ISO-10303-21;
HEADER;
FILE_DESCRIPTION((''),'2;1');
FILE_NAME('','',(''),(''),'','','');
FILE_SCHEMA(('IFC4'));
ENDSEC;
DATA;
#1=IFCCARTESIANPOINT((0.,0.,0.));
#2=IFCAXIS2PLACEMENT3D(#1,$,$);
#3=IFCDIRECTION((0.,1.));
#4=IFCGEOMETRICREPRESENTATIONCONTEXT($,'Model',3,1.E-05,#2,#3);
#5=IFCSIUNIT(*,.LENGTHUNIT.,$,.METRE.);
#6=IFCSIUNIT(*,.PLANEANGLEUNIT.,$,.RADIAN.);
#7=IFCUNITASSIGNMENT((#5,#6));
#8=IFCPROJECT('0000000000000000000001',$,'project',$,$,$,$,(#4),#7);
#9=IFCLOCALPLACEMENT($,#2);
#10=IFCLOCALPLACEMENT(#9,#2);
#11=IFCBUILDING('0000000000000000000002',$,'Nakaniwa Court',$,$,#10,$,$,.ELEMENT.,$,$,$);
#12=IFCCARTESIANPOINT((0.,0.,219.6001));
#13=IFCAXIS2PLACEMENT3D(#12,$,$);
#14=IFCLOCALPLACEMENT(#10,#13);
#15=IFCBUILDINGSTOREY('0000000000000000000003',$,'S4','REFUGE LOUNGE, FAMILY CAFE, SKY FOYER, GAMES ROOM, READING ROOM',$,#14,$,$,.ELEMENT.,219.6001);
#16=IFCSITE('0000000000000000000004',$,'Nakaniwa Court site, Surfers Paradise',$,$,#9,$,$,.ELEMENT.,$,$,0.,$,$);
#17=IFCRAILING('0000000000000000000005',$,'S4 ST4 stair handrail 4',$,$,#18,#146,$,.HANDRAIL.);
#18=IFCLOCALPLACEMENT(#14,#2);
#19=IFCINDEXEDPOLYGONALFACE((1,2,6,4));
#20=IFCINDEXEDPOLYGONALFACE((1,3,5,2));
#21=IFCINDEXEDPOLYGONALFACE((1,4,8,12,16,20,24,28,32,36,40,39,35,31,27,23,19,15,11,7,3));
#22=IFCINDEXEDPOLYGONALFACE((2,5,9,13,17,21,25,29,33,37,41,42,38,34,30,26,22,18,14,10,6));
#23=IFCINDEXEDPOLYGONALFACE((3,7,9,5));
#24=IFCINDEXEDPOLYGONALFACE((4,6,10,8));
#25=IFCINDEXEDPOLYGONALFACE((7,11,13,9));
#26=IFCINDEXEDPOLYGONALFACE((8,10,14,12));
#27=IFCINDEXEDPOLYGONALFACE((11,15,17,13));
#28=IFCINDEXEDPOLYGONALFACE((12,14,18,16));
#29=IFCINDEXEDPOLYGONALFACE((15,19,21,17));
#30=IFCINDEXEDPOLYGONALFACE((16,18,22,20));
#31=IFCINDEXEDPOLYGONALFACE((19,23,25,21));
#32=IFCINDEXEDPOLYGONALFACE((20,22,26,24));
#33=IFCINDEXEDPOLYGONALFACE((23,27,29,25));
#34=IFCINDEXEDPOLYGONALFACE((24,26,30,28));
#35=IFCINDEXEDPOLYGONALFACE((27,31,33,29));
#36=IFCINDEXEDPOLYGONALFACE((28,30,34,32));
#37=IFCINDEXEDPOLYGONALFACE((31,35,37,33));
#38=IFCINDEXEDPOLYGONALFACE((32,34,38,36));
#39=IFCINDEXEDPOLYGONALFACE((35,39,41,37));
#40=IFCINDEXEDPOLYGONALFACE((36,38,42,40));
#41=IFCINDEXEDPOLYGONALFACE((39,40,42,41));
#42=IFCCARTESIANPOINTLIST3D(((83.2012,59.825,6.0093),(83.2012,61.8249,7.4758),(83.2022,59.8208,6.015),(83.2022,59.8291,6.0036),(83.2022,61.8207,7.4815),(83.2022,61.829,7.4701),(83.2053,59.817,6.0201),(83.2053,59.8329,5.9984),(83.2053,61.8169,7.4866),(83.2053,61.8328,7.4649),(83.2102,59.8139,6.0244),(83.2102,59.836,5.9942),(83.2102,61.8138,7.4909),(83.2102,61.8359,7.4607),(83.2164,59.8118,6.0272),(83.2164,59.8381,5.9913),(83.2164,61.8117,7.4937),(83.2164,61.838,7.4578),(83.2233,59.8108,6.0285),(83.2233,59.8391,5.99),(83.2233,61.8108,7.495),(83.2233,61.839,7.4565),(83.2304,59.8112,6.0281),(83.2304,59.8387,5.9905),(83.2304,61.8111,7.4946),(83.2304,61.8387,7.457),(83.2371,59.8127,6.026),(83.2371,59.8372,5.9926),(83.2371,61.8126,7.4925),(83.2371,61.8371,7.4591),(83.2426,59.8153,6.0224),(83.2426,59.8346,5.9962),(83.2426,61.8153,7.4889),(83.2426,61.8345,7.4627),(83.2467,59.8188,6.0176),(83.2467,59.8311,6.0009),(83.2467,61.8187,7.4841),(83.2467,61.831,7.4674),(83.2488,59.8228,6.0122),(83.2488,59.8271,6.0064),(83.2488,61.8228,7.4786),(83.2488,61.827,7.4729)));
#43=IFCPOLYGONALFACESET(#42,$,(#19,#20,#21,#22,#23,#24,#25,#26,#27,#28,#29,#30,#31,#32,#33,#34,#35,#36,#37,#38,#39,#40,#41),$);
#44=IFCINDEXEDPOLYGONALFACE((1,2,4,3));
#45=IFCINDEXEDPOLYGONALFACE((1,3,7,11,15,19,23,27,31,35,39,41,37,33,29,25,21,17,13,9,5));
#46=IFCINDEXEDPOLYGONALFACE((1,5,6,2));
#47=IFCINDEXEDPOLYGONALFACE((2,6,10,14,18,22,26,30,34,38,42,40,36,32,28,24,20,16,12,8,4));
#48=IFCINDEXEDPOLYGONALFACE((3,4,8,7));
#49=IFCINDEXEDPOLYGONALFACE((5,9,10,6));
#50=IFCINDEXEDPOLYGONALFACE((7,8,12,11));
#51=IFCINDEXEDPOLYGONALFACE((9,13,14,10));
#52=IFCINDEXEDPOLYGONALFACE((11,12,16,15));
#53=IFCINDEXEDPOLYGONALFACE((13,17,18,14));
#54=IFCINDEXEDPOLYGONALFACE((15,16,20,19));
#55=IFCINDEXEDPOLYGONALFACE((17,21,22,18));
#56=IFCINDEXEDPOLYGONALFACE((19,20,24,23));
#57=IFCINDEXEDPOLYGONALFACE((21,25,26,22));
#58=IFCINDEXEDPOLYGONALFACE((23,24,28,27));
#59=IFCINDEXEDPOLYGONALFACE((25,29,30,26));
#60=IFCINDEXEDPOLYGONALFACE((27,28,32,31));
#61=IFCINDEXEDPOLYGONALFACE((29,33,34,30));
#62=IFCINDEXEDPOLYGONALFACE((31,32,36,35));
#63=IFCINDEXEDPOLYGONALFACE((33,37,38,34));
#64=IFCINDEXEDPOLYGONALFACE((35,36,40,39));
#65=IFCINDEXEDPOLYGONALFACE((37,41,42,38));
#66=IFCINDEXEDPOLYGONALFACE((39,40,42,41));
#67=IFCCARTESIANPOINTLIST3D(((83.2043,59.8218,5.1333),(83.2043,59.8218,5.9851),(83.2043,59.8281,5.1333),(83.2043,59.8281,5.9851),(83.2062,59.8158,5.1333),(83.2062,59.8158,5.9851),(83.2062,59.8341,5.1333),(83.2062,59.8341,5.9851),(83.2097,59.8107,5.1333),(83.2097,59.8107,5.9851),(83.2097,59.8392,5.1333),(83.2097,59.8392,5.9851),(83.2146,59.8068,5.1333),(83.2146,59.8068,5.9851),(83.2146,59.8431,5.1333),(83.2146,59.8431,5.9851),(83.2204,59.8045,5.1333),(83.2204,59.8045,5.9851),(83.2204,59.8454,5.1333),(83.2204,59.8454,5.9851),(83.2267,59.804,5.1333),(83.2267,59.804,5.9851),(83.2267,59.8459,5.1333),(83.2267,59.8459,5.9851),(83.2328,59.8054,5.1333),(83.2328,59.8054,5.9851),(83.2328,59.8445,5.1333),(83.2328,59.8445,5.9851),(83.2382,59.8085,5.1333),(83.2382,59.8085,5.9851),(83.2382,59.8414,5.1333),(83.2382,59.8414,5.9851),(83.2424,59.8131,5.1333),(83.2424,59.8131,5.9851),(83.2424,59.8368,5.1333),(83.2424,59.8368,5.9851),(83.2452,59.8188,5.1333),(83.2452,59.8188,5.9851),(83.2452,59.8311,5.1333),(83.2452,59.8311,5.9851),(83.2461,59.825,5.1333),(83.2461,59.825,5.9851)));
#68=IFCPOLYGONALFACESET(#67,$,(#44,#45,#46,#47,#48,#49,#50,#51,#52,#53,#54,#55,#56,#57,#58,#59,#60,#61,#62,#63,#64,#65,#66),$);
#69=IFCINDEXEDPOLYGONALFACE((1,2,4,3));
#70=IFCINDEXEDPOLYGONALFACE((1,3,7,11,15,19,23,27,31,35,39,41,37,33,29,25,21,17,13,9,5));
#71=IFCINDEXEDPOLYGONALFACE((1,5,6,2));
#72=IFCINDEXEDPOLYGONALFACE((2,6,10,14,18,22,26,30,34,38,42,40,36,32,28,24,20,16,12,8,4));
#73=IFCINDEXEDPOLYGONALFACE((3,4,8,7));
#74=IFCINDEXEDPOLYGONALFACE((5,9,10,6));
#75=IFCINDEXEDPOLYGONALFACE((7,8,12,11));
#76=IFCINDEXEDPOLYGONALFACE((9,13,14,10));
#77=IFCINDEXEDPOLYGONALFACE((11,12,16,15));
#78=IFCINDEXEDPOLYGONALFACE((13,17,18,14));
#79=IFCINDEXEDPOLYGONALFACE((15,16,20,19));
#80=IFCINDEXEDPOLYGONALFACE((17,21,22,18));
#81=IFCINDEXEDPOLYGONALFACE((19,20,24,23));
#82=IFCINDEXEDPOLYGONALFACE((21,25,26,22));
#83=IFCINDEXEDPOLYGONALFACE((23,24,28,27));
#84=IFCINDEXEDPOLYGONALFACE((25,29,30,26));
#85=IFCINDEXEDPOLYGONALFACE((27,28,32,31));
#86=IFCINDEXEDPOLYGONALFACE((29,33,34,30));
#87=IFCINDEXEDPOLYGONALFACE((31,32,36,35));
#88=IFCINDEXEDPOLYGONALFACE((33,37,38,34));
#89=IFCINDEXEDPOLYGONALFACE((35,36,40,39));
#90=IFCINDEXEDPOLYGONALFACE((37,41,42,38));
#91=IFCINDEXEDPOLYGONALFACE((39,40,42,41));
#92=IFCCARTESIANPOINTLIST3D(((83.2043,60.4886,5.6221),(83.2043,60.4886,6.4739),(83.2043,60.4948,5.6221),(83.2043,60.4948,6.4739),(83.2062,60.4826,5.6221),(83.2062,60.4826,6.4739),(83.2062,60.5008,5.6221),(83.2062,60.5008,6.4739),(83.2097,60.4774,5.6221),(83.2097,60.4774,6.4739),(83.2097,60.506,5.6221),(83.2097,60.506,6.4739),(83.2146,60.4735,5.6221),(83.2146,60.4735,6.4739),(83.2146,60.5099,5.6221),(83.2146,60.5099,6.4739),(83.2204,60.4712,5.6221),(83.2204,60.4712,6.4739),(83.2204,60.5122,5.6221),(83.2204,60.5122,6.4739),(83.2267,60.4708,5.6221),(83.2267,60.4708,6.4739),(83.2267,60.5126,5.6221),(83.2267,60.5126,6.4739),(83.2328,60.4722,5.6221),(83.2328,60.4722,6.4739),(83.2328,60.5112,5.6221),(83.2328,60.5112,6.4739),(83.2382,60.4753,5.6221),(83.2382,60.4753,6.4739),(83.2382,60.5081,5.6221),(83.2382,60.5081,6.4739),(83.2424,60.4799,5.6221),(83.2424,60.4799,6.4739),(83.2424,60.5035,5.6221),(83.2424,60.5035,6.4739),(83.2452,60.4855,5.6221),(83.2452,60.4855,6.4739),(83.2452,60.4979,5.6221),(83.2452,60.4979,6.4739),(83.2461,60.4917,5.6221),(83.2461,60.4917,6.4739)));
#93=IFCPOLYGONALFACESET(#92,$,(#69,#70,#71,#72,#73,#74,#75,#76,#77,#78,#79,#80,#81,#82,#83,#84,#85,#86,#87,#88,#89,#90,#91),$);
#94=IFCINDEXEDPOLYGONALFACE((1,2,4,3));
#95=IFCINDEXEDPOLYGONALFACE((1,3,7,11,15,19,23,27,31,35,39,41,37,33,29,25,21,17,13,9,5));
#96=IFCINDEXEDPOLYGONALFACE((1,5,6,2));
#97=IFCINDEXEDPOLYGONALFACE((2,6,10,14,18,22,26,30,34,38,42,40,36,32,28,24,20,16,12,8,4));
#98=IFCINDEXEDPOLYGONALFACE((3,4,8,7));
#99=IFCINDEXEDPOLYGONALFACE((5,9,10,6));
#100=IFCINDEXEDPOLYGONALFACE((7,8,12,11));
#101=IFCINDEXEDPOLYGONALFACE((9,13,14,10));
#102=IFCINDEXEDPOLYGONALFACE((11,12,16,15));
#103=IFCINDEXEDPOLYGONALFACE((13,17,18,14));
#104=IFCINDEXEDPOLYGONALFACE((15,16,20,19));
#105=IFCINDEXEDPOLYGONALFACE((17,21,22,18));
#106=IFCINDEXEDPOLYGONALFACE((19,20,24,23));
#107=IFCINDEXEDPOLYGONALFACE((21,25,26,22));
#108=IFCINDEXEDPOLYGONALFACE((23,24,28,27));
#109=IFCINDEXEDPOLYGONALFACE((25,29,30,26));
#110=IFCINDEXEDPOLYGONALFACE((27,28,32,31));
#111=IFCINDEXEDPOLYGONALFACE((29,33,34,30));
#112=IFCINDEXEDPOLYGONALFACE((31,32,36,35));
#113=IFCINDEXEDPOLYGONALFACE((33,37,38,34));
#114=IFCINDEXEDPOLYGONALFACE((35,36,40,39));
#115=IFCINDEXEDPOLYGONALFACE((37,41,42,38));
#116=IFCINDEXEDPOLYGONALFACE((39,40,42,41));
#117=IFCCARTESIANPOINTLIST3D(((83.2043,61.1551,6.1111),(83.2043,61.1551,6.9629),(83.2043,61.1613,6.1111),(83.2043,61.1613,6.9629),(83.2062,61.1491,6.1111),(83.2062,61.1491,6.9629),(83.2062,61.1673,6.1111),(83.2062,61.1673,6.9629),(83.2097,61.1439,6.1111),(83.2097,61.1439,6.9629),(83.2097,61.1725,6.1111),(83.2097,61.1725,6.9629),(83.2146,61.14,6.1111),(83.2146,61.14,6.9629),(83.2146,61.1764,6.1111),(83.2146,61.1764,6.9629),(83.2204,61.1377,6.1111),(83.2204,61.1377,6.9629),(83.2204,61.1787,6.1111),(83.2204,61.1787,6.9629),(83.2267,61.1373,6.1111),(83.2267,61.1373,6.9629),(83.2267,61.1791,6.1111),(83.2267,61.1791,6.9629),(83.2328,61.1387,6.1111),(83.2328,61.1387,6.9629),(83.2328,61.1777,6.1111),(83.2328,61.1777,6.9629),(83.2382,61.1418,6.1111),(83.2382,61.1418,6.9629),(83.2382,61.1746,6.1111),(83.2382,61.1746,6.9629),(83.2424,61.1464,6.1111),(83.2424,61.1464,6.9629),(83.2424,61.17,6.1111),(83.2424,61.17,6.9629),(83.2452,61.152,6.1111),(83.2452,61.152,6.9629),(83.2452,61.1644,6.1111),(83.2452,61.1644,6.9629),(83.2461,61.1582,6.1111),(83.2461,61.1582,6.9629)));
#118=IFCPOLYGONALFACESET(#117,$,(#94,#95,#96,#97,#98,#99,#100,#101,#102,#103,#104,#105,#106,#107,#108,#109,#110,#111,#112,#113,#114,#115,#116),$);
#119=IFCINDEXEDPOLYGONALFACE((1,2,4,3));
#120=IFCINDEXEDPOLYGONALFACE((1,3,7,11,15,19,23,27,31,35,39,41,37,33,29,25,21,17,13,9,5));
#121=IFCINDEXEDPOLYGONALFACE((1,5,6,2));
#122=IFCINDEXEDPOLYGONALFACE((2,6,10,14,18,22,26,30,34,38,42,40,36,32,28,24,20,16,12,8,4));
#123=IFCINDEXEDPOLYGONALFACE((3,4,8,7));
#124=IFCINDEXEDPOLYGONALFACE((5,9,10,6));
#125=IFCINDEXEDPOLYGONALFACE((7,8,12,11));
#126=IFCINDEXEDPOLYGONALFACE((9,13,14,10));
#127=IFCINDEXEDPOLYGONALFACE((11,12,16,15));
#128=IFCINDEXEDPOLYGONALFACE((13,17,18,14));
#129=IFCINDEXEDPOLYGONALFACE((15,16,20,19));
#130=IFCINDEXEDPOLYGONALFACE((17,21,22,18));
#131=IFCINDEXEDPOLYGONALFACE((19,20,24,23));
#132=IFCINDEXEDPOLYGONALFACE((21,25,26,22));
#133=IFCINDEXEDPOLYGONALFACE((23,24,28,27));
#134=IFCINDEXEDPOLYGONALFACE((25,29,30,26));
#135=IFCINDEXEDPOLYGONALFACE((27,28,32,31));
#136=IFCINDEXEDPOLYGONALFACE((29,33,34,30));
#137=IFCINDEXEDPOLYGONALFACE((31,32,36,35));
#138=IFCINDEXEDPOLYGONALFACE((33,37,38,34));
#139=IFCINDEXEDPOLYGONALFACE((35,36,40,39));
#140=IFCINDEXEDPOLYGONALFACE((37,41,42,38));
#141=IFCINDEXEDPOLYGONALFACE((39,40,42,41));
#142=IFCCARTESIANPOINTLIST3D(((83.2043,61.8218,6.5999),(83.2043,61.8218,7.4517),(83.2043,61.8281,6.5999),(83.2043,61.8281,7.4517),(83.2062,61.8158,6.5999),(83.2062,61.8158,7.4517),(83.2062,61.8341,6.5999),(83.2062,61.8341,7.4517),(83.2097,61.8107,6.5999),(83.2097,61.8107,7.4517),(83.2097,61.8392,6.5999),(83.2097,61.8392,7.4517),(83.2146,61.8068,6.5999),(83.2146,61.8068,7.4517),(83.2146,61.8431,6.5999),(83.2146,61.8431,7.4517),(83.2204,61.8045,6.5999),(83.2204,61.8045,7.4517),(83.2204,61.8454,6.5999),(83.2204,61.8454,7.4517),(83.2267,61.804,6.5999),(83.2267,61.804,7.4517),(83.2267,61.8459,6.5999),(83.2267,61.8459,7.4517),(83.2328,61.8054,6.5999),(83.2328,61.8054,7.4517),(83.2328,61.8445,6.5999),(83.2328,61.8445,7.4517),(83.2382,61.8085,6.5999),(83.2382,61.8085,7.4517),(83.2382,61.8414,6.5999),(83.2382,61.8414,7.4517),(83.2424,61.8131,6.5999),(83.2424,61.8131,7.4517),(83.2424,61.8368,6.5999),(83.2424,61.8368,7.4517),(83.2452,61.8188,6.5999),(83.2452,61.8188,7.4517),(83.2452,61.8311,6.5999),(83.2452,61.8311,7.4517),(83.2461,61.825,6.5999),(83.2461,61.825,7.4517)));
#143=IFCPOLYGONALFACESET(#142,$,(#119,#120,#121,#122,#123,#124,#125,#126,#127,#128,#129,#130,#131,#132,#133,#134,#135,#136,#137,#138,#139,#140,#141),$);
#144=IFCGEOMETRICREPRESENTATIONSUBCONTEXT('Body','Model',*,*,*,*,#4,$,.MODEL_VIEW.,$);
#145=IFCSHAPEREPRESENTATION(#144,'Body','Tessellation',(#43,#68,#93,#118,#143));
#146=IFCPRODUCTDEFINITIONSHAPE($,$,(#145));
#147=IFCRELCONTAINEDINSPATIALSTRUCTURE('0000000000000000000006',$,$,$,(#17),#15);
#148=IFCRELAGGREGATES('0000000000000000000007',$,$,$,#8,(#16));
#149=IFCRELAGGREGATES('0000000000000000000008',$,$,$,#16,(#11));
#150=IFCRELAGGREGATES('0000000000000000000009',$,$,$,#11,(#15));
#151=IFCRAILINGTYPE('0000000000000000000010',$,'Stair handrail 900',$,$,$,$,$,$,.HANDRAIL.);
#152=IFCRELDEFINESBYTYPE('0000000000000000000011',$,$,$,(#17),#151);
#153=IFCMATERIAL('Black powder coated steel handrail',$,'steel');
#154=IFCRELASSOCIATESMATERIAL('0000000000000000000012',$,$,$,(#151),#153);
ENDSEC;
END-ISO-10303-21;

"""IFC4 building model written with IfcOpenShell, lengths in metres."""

from ifc_helpers import new_model, si_unit, direction, frame, origin, origin_2d, place, context, subcontext, project, spatial, circle, extrude, material, type_object, element, save


model = new_model("IFC4")

# Units and contexts
model_context = context("Model", 3, precision=1e-05, world=origin(), true_north=direction((0.0, 1.0)))
body_context = subcontext(model_context, "Body", "Model", "MODEL_VIEW")
ifc_project = project(units=[si_unit("LENGTHUNIT", "METRE"), si_unit("PLANEANGLEUNIT", "RADIAN")], contexts=[model_context])

# Site, building, storey
site_placement = place(None, origin())
site = spatial("IfcSite", under=ifc_project, at=site_placement, Name="Nakaniwa Court site, Surfers Paradise", CompositionType="ELEMENT", RefElevation=0.0)
building_placement = place(site_placement, origin())
building = spatial("IfcBuilding", under=site, at=building_placement, Name="Nakaniwa Court", CompositionType="ELEMENT")
storey_placement = place(building_placement, frame((0.0, 0.0, 219.6001)))
storey = spatial("IfcBuildingStorey", under=building, at=storey_placement, Name="S4", Description="REFUGE LOUNGE, FAMILY CAFE, SKY FOYER, GAMES ROOM, READING ROOM", CompositionType="ELEMENT", Elevation=219.6001)

# Railing
ifc_material_1 = material(Name="Black powder coated steel handrail", Category="steel")
railing_type_1 = type_object("IfcRailingType", Name="Stair handrail 900", PredefinedType="HANDRAIL", material=ifc_material_1)
railing_1_placement = place(storey_placement, frame((83.2251, 59.825, 5.1333)))
element("IfcRailing", 1, at=railing_1_placement, inside=storey, type_object=railing_type_1, Name="S4 ST4 stair handrail 4", PredefinedType="HANDRAIL", context=body_context, shape_type="SweptSolid", body=[
    extrude(circle(Radius=0.0239, at=origin_2d()), frame((0.0, 0.0, 0.876), z_axis=(0.0, 0.806427, 0.591334), x_axis=(-1.0, 0.0, 0.0)), (0.0, 0.0, 1.0), 2.48),
    extrude(circle(Radius=0.021, at=origin_2d()), origin(), (0.0, 0.0, 1.0), 0.8518),
    extrude(circle(Radius=0.021, at=origin_2d()), frame((0.0, 0.6667, 0.4888)), (0.0, 0.0, 1.0), 0.8518),
    extrude(circle(Radius=0.021, at=origin_2d()), frame((0.0, 1.3333, 0.9778)), (0.0, 0.0, 1.0), 0.8518),
    extrude(circle(Radius=0.021, at=origin_2d()), frame((0.0, 2.0, 1.4666)), (0.0, 0.0, 1.0), 0.8518),
])

save(model, "model.ifc")
